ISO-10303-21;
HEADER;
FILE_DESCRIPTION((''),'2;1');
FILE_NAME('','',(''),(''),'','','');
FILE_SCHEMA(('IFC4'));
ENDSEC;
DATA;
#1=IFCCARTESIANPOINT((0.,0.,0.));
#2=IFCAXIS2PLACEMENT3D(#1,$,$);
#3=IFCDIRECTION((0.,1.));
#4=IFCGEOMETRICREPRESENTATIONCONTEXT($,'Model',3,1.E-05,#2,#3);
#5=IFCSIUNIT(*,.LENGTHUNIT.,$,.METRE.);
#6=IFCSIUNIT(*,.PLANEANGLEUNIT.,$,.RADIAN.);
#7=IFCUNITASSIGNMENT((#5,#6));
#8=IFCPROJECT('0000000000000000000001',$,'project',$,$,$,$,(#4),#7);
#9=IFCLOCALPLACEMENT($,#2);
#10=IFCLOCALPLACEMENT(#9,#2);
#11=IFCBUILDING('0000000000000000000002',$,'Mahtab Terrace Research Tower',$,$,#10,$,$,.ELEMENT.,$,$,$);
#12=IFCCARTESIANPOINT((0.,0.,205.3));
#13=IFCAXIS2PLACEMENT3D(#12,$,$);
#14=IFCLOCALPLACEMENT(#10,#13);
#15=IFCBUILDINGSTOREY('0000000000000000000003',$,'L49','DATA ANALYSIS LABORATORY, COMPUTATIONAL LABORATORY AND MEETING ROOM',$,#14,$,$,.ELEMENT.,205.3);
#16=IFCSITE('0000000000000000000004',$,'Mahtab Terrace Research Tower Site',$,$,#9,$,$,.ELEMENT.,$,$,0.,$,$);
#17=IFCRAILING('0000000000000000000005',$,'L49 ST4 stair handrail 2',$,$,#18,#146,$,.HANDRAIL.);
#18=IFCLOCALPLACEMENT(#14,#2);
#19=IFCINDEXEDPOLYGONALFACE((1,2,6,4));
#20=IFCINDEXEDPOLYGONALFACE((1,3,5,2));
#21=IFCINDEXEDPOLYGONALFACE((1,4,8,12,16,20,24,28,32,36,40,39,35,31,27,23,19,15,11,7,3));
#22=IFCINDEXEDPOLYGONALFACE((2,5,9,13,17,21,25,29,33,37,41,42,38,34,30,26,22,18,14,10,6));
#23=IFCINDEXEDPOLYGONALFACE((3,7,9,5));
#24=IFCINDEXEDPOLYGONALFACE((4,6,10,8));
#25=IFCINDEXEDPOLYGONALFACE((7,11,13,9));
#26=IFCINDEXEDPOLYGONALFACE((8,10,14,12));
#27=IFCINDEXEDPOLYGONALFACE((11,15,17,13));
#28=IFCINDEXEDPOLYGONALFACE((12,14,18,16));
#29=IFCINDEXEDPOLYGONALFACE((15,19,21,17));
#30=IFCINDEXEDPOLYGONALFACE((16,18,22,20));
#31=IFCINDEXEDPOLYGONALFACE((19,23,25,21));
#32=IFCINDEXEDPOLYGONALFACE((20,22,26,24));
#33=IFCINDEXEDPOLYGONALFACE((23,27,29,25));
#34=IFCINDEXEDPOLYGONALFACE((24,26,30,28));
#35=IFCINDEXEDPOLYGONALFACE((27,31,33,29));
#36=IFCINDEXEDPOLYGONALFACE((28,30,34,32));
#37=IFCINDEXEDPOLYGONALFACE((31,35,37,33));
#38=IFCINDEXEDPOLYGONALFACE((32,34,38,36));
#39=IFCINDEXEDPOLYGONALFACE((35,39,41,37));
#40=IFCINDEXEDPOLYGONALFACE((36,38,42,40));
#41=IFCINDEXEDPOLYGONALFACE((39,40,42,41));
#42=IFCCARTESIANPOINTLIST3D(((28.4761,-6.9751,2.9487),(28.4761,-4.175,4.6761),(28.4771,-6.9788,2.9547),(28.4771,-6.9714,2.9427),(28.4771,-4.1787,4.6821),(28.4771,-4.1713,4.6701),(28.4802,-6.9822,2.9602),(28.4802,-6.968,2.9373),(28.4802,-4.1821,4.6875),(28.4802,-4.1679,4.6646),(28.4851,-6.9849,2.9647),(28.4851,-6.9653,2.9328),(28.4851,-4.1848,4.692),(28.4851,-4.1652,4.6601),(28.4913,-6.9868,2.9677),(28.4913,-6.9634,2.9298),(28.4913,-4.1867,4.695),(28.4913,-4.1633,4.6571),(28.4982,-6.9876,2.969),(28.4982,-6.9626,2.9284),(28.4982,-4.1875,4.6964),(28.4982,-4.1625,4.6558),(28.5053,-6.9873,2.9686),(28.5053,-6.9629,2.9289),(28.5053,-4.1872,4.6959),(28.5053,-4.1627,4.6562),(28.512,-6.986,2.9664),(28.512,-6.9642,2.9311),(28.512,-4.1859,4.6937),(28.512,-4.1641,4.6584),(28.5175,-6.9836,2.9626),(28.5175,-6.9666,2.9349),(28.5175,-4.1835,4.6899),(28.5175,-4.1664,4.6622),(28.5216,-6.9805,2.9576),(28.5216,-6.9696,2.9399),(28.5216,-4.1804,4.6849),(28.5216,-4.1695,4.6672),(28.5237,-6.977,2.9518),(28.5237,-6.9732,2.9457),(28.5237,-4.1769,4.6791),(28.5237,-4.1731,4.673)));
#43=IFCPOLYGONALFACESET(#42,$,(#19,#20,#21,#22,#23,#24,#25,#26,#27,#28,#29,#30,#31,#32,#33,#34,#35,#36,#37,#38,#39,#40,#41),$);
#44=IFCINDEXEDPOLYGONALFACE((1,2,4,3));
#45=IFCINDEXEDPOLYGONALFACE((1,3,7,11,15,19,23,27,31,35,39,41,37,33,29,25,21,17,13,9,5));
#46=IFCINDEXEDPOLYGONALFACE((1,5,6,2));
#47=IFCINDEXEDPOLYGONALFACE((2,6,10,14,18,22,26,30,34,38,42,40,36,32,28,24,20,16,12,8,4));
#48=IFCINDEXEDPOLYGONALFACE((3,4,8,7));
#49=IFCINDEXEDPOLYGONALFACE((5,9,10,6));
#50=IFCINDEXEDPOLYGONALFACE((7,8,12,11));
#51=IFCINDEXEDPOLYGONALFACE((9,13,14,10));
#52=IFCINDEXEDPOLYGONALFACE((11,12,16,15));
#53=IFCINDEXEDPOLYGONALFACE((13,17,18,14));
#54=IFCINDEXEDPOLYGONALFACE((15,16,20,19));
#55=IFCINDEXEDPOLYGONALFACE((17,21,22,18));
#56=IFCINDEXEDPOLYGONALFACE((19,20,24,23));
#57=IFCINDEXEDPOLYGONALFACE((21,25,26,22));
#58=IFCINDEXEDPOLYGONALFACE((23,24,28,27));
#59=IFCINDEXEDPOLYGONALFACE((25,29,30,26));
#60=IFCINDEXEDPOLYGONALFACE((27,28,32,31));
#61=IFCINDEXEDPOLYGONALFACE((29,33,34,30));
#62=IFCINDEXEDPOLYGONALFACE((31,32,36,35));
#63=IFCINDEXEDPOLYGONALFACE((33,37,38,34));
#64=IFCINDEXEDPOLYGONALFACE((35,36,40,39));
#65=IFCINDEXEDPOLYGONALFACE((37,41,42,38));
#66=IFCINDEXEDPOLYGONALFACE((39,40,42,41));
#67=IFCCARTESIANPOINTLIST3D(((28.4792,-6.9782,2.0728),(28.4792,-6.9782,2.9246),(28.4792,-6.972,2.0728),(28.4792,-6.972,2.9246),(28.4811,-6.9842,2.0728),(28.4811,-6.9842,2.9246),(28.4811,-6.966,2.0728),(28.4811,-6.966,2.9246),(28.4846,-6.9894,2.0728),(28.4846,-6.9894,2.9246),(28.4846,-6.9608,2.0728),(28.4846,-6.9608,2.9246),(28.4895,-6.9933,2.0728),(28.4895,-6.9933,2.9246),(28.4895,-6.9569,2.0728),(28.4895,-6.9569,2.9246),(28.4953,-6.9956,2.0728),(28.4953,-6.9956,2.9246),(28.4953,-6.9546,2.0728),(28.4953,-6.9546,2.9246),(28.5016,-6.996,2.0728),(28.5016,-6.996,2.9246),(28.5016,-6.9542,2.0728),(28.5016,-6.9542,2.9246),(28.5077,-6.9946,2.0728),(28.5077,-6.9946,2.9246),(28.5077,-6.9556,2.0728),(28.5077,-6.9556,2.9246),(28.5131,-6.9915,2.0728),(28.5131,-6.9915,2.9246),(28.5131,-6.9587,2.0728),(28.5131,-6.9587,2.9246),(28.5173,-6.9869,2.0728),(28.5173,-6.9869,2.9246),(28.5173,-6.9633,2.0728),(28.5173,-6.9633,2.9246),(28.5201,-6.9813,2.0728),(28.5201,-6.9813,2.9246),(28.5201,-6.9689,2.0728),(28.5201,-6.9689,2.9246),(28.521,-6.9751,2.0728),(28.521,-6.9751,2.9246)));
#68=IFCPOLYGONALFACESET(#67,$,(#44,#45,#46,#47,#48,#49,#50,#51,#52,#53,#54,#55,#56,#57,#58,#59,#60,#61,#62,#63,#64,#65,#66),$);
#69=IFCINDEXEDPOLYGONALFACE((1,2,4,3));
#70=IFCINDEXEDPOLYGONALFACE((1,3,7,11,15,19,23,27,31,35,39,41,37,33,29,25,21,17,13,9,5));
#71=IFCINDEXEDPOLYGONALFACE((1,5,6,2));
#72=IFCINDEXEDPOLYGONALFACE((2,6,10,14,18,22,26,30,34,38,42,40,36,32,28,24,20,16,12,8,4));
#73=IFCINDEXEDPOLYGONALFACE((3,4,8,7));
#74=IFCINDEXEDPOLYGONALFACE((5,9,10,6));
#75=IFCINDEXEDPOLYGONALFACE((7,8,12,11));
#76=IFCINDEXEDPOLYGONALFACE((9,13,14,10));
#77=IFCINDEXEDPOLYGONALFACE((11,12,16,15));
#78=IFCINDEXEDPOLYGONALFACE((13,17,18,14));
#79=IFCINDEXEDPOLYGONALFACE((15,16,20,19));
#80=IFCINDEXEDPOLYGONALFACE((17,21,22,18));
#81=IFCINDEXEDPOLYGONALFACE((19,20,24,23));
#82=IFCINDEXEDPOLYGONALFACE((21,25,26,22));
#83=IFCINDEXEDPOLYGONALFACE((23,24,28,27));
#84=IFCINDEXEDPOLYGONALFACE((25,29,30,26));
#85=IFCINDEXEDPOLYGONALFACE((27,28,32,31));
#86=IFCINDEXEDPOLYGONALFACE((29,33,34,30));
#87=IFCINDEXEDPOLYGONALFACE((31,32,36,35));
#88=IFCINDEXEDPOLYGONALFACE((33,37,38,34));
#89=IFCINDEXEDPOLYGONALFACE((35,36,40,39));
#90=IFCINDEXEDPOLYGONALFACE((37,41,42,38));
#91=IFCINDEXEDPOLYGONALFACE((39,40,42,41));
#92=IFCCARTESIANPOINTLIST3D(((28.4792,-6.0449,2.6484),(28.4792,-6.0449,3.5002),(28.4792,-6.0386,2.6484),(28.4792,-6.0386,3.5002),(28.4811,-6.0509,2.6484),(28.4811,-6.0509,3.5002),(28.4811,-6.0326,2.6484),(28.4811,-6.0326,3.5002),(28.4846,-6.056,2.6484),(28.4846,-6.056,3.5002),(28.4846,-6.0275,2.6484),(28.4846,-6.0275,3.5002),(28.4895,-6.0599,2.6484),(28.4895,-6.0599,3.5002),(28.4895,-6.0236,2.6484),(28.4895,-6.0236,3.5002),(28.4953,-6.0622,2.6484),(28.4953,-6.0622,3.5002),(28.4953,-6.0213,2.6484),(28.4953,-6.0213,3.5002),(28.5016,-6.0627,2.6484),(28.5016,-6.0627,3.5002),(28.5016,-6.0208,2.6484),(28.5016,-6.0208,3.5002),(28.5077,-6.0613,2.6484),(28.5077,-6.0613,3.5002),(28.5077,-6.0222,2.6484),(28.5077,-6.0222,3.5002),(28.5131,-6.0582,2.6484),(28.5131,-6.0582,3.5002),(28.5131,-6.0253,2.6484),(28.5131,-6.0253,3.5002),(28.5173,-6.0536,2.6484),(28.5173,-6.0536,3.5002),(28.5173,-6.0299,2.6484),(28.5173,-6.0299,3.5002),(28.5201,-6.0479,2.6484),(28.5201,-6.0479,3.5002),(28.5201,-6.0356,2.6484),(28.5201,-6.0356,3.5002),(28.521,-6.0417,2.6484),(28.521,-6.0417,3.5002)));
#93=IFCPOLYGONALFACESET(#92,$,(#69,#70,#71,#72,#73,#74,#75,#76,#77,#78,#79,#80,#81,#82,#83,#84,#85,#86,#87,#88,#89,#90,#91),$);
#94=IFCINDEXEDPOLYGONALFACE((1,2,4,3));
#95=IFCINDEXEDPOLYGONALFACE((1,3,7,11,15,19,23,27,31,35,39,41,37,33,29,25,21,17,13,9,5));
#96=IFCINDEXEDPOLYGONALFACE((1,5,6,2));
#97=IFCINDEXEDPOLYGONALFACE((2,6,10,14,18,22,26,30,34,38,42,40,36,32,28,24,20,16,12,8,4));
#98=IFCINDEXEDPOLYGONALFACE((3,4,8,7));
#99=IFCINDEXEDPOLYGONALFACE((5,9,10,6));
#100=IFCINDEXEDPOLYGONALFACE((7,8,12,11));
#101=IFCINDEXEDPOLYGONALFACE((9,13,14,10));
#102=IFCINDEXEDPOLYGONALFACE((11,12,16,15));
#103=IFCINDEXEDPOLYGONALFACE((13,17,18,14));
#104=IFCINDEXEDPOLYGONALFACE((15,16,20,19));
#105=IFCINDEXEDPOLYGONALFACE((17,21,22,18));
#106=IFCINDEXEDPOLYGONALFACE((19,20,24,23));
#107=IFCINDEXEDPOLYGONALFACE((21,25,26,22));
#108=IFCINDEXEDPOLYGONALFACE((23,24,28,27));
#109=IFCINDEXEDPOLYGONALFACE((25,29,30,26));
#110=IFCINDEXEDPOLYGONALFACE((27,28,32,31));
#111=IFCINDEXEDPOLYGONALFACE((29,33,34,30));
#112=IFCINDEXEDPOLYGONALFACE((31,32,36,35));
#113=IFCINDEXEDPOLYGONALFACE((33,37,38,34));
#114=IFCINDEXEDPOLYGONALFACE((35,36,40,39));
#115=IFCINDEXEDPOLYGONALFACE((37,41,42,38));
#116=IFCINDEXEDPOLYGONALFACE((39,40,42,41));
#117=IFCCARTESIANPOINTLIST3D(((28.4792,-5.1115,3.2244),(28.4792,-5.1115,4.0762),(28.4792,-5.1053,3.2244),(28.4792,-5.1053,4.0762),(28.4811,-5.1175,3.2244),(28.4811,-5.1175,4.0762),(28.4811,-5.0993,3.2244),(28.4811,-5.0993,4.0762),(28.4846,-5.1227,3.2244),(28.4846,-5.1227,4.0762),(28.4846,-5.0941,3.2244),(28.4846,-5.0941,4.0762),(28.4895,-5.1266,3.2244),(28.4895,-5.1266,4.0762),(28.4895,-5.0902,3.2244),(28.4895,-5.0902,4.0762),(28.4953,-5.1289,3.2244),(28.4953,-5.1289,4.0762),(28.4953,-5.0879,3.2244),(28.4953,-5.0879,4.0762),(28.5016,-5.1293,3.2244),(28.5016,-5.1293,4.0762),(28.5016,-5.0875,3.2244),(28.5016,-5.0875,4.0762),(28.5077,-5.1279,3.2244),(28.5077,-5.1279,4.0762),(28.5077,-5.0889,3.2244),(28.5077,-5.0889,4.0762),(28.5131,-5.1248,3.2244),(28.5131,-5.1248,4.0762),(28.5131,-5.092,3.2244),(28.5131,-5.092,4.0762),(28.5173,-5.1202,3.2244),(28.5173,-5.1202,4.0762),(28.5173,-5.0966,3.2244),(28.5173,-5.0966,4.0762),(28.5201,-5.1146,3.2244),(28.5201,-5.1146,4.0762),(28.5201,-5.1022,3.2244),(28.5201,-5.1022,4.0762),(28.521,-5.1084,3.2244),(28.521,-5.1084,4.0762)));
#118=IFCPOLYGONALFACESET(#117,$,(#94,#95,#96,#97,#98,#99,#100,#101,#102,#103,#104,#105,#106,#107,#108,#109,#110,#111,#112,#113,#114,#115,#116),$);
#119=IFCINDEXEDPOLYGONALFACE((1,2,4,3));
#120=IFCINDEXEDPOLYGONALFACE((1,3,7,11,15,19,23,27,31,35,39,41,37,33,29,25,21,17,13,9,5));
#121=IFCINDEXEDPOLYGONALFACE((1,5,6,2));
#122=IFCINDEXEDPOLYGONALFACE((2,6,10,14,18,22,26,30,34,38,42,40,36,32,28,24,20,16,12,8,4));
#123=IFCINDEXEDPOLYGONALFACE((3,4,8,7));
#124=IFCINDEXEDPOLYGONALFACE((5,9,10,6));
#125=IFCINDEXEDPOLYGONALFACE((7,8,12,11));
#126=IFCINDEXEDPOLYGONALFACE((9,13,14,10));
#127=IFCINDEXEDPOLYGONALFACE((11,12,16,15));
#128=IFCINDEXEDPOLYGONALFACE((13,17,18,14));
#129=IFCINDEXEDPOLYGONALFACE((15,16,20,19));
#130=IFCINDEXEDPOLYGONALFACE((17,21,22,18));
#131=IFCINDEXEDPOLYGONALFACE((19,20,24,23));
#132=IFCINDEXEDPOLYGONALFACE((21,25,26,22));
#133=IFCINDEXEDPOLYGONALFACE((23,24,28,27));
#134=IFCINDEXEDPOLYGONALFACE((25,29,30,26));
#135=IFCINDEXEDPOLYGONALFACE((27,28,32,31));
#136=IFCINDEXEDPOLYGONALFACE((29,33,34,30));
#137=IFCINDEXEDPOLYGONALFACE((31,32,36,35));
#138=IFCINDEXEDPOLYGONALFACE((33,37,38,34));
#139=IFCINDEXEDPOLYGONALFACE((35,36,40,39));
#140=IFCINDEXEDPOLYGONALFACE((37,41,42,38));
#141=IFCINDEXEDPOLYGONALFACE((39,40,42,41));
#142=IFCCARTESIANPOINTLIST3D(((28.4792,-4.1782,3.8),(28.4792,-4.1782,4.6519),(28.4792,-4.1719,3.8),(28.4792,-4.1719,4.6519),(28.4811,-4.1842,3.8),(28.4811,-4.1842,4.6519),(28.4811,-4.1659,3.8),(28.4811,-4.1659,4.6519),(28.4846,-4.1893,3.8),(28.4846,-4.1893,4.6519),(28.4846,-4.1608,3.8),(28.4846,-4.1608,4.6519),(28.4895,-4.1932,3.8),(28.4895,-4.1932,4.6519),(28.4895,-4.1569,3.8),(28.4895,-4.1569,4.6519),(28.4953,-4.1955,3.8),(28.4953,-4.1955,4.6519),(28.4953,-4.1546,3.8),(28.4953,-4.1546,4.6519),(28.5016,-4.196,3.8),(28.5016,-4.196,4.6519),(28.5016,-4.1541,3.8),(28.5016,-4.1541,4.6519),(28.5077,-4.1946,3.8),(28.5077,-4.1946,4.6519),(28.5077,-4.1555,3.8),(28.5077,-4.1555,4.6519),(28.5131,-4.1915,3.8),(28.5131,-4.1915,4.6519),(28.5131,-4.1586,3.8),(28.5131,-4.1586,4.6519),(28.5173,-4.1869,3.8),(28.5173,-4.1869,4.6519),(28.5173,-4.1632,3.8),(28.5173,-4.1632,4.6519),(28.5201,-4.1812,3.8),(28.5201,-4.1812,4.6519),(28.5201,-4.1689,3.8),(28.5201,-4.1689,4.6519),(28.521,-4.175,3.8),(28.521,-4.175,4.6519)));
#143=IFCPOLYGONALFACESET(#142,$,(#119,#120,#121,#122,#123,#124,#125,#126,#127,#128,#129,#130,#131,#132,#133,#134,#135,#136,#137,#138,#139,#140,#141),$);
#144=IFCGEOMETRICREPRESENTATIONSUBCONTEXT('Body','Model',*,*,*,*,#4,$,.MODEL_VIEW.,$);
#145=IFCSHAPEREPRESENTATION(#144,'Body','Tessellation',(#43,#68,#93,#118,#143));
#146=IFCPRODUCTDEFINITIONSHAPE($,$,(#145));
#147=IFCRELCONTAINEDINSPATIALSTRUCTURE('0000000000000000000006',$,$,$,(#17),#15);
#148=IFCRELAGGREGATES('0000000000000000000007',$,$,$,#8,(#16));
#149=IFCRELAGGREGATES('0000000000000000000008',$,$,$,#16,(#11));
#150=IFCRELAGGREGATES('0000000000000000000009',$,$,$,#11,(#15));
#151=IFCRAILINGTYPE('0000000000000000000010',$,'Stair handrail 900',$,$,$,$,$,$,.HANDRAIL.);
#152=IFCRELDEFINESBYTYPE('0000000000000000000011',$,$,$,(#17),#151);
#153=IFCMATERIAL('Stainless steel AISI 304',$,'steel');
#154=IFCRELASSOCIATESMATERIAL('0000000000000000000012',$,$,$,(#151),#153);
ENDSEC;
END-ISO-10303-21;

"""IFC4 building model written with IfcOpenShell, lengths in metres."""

from ifc_helpers import new_model, si_unit, direction, frame, origin, origin_2d, place, context, subcontext, project, spatial, circle, extrude, material, type_object, element, save


model = new_model("IFC4")

# Units and contexts
model_context = context("Model", 3, precision=1e-05, world=origin(), true_north=direction((0.0, 1.0)))
body_context = subcontext(model_context, "Body", "Model", "MODEL_VIEW")
ifc_project = project(units=[si_unit("LENGTHUNIT", "METRE"), si_unit("PLANEANGLEUNIT", "RADIAN")], contexts=[model_context])

# Site, building, storey
site_placement = place(None, origin())
site = spatial("IfcSite", under=ifc_project, at=site_placement, Name="Mahtab Terrace Research Tower Site", CompositionType="ELEMENT", RefElevation=0.0)
building_placement = place(site_placement, origin())
building = spatial("IfcBuilding", under=site, at=building_placement, Name="Mahtab Terrace Research Tower", CompositionType="ELEMENT")
storey_placement = place(building_placement, frame((0.0, 0.0, 205.3)))
storey = spatial("IfcBuildingStorey", under=building, at=storey_placement, Name="L49", Description="DATA ANALYSIS LABORATORY, COMPUTATIONAL LABORATORY AND MEETING ROOM", CompositionType="ELEMENT", Elevation=205.3)

# Shared definitions
ifc_material_1 = material(Name="Stainless steel AISI 304", Category="steel")

# Railing
railing_type_1 = type_object("IfcRailingType", Name="Stair handrail 900", PredefinedType="HANDRAIL", material=ifc_material_1)
railing_1_placement = place(storey_placement, frame((28.5, -6.9751, 2.0728)))
element("IfcRailing", 1, at=railing_1_placement, inside=storey, type_object=railing_type_1, Name="L49 ST4 stair handrail 2", PredefinedType="HANDRAIL", context=body_context, shape_type="SweptSolid", body=[
    extrude(circle(Radius=0.0239, at=origin_2d()), frame((0.0, 0.0, 0.876), z_axis=(0.0, 0.85109, 0.52502), x_axis=(-1.0, 0.0, 0.0)), (0.0, 0.0, 1.0), 3.29),
    extrude(circle(Radius=0.021, at=origin_2d()), origin(), (0.0, 0.0, 1.0), 0.8518),
    extrude(circle(Radius=0.021, at=origin_2d()), frame((0.0, 0.9333, 0.5757)), (0.0, 0.0, 1.0), 0.8518),
    extrude(circle(Radius=0.021, at=origin_2d()), frame((0.0, 1.8667, 1.1516)), (0.0, 0.0, 1.0), 0.8518),
    extrude(circle(Radius=0.021, at=origin_2d()), frame((0.0, 2.8, 1.7273)), (0.0, 0.0, 1.0), 0.8518),
])

save(model, "model.ifc")
